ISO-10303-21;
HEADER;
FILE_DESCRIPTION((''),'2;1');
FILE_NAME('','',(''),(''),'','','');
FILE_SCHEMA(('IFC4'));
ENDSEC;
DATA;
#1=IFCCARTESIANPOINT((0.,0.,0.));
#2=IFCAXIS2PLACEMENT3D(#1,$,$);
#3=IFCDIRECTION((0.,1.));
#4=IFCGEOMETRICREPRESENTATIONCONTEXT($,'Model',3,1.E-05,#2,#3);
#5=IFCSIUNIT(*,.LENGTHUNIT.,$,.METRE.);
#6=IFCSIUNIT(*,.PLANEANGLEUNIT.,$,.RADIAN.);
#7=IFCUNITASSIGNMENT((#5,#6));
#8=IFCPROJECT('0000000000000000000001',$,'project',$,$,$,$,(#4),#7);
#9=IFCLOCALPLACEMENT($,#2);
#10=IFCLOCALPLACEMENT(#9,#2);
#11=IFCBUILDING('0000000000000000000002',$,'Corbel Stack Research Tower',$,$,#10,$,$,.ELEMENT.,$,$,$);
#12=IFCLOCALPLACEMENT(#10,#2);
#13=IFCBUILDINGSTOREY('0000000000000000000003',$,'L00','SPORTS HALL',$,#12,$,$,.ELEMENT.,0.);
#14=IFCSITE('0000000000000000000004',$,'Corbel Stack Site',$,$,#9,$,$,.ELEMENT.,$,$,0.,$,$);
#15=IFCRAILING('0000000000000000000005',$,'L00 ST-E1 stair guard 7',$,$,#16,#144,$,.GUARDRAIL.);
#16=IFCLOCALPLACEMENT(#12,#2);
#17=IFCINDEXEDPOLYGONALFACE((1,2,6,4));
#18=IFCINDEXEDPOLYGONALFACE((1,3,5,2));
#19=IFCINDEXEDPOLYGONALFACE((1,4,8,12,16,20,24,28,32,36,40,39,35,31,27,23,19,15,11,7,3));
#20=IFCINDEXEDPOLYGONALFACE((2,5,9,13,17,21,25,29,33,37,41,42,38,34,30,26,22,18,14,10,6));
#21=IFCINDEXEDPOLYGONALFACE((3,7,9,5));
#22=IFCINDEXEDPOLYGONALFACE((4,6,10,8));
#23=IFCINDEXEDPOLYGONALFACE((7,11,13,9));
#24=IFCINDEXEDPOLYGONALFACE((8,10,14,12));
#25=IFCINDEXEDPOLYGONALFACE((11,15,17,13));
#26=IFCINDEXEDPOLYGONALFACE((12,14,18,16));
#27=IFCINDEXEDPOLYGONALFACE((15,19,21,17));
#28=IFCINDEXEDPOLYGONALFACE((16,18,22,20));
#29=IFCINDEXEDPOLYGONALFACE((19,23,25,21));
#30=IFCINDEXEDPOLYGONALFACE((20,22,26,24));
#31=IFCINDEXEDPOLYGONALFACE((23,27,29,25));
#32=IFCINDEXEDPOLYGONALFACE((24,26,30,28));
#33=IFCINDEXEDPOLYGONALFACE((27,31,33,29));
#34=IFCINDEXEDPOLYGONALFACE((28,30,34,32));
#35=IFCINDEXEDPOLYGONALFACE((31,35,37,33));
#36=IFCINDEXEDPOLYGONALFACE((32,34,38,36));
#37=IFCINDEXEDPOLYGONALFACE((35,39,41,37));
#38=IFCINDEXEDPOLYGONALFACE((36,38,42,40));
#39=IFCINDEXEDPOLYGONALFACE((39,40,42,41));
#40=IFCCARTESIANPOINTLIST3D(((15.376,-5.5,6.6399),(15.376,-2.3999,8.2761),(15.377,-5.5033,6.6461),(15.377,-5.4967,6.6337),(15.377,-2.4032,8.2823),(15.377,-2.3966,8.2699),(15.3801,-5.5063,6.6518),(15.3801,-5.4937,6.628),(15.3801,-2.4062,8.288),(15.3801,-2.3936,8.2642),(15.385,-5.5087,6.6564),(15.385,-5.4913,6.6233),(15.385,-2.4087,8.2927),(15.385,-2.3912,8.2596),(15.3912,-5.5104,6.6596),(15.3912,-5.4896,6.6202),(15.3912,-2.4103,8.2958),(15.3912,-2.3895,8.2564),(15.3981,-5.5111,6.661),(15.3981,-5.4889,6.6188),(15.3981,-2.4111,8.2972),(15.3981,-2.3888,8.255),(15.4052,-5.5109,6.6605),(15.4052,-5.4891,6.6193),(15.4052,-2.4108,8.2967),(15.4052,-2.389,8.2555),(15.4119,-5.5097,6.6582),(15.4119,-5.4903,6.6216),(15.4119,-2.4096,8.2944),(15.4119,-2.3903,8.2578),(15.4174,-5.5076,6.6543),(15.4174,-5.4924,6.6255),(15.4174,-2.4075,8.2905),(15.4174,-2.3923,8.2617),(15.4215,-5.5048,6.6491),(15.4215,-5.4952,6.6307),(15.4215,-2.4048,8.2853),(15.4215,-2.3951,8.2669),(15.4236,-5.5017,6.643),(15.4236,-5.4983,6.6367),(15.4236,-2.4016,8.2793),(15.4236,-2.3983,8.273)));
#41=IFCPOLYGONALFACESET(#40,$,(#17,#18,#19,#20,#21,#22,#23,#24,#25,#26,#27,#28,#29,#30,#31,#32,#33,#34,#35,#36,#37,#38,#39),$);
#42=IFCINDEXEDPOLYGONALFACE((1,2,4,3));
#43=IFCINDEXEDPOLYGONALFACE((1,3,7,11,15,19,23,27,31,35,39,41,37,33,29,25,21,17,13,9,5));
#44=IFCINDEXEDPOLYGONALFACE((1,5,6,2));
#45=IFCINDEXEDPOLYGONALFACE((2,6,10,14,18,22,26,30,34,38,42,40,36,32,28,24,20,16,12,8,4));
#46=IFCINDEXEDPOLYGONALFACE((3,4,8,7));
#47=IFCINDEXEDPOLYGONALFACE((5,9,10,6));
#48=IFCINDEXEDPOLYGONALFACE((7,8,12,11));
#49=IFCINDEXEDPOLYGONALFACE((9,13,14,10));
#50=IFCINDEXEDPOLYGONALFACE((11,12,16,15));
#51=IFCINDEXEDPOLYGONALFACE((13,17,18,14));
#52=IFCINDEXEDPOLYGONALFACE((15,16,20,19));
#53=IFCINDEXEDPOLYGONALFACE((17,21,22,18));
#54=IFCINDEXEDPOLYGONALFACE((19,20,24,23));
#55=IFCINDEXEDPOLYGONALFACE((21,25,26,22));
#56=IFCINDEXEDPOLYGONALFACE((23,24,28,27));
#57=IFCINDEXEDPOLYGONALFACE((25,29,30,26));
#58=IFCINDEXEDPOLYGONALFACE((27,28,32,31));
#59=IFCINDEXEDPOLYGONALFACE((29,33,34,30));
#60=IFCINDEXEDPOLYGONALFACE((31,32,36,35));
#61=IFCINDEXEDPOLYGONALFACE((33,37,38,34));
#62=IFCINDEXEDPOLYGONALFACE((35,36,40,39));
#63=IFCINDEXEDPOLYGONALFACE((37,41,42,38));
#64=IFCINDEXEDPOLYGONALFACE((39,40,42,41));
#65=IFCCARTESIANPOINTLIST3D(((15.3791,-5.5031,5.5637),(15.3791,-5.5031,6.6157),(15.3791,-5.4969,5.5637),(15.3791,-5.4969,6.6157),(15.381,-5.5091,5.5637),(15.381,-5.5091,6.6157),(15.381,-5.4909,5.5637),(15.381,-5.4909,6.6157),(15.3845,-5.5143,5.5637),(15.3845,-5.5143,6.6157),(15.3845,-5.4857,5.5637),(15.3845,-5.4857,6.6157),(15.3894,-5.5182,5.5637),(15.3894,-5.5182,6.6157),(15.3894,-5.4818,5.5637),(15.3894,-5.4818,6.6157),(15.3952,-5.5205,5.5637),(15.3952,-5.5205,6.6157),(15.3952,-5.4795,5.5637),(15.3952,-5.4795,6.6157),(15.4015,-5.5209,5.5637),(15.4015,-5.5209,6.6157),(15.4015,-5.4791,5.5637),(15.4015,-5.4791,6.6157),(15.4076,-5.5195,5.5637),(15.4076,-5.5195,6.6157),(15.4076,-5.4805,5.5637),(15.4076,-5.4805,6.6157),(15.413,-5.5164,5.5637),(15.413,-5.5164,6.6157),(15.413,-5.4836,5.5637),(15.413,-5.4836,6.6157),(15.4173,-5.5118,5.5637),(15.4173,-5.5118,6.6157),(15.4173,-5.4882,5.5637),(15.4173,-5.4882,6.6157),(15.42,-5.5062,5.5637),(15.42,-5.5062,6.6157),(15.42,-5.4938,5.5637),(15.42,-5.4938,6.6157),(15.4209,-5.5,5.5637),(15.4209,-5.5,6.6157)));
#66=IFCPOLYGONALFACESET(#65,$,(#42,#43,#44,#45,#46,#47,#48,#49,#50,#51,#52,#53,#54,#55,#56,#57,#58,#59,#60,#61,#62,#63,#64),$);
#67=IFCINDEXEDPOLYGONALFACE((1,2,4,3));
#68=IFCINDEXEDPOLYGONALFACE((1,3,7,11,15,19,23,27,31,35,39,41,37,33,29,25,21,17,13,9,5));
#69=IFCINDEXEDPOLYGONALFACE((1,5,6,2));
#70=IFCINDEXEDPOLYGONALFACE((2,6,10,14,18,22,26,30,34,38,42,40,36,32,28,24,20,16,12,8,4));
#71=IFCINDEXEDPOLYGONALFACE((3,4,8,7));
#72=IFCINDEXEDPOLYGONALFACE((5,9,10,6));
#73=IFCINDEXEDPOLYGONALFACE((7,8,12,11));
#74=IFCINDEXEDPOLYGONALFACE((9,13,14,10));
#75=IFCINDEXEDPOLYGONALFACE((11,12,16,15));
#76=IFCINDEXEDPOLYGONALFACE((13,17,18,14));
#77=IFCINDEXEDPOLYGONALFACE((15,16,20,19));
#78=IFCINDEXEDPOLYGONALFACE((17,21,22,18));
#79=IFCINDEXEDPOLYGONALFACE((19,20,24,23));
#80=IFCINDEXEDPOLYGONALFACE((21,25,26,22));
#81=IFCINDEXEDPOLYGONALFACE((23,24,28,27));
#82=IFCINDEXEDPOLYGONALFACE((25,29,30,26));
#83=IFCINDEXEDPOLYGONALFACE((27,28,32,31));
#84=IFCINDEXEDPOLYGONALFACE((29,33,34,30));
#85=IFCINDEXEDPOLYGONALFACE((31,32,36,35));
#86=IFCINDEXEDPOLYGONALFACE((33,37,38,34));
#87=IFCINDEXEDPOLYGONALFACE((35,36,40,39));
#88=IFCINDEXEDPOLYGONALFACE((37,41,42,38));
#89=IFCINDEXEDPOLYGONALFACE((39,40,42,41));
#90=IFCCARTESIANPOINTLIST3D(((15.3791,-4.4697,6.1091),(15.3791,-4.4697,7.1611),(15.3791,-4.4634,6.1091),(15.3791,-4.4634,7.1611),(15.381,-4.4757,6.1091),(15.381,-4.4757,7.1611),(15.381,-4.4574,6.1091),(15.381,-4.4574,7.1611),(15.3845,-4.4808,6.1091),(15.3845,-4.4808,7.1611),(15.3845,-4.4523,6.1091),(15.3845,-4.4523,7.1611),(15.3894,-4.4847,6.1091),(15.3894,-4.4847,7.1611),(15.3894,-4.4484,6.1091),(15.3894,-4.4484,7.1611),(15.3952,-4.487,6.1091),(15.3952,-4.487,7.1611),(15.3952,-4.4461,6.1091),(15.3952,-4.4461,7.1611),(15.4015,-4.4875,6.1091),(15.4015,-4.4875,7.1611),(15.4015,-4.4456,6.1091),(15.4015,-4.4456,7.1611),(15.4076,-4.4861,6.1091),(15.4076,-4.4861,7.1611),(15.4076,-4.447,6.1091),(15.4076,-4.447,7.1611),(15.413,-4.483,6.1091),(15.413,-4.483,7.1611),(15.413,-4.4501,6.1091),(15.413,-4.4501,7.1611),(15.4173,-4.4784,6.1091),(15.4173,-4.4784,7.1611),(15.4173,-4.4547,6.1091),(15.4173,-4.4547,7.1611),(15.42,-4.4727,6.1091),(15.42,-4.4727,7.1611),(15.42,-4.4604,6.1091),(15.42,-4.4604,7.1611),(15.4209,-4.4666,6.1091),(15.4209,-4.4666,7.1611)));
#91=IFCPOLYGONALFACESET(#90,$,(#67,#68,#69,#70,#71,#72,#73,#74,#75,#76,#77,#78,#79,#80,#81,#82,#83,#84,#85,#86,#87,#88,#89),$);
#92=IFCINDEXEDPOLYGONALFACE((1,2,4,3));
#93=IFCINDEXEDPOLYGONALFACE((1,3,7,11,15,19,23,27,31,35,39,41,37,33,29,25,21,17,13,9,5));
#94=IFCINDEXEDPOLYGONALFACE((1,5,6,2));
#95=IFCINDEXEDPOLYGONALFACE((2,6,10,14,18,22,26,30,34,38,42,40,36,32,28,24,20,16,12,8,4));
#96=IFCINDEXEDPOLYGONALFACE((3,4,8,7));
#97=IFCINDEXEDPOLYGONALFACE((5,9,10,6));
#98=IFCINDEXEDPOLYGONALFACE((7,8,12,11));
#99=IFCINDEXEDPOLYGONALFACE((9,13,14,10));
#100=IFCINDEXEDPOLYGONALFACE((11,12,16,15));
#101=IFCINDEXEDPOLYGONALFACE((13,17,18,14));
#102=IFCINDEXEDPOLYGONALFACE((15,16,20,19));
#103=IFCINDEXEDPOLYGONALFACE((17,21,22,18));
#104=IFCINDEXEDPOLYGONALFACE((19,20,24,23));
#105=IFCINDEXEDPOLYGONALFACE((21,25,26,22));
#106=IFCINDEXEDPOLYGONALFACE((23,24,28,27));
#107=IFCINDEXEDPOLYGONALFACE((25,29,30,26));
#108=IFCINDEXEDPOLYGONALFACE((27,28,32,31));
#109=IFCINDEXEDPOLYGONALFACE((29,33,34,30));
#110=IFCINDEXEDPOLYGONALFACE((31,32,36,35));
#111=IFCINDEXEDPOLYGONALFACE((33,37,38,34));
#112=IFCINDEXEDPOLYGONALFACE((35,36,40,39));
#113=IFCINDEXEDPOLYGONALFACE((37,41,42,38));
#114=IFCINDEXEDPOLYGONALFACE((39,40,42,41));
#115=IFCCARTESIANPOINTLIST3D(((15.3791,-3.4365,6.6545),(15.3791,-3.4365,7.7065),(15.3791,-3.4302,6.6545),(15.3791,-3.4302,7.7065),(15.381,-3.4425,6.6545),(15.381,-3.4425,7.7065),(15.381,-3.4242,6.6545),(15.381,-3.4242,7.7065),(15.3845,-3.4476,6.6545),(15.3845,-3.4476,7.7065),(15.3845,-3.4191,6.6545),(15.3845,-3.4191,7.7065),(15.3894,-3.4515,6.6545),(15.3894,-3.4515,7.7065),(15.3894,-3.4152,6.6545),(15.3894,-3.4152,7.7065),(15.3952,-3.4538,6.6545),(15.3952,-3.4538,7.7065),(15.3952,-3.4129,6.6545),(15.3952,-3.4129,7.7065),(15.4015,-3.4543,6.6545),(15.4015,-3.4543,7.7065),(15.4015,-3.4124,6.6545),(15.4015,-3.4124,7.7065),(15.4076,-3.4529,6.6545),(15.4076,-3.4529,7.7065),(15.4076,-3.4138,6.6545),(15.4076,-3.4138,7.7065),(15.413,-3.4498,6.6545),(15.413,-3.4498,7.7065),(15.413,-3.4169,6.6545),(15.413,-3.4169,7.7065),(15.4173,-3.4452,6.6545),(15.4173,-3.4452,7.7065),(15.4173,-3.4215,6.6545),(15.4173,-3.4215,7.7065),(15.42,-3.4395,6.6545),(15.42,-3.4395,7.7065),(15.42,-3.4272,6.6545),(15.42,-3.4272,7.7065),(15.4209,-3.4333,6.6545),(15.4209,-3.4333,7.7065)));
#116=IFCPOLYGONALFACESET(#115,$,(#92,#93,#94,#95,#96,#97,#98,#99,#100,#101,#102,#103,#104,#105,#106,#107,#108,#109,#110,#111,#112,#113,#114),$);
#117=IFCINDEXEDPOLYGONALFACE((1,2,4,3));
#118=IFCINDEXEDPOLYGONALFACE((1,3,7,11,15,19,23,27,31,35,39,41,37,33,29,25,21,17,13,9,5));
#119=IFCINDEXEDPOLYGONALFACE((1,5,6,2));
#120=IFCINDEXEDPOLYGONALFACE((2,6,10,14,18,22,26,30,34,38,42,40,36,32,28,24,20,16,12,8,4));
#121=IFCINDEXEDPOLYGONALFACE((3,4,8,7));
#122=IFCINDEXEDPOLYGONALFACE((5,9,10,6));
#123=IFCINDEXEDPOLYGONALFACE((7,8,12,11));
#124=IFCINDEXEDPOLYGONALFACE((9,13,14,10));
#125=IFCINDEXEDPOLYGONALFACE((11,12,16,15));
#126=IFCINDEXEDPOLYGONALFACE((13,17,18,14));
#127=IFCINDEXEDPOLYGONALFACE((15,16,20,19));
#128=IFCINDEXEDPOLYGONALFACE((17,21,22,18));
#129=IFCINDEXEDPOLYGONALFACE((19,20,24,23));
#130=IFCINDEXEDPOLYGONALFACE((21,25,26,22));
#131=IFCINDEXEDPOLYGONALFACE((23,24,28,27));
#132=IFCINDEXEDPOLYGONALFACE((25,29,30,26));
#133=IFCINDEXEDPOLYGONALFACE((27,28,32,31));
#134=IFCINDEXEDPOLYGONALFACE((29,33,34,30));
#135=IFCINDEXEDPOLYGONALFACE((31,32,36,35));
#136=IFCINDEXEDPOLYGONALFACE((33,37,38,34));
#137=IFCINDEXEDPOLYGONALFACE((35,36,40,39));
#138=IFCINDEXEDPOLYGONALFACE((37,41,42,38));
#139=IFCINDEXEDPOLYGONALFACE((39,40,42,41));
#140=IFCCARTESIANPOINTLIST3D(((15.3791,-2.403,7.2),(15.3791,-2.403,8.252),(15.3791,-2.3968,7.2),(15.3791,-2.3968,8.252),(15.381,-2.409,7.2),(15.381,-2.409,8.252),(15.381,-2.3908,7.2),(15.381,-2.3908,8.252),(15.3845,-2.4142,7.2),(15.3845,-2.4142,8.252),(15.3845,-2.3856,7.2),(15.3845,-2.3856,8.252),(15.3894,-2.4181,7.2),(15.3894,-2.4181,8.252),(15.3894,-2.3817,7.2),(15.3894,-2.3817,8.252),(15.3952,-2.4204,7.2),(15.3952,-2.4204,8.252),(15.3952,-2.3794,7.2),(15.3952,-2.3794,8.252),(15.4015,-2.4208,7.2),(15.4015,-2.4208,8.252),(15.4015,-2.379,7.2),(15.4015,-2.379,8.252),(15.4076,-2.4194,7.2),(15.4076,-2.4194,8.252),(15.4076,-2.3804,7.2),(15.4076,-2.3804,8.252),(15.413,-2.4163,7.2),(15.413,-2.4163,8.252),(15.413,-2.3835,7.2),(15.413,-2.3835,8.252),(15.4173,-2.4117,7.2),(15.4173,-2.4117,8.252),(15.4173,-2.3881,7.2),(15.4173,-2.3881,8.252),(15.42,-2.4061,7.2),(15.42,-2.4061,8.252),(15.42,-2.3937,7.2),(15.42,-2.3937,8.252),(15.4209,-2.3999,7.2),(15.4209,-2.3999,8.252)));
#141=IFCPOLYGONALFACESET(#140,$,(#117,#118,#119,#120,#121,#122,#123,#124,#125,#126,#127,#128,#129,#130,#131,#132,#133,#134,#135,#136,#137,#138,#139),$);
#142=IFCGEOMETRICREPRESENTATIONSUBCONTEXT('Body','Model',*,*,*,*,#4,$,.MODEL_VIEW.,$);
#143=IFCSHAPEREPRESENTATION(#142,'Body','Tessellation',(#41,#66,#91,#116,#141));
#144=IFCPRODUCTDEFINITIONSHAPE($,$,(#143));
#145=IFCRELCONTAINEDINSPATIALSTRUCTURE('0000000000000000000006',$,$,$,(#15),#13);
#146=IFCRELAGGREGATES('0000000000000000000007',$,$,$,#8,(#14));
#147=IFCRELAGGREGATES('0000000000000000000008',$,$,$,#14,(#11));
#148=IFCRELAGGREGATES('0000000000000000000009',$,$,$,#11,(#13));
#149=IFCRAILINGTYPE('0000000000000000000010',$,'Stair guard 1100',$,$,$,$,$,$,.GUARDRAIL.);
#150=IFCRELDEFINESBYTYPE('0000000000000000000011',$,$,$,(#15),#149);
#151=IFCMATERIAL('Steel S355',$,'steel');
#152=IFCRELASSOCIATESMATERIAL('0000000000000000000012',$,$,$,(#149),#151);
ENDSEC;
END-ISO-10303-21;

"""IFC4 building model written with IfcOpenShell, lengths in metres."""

from ifc_helpers import new_model, si_unit, direction, frame, origin, origin_2d, place, context, subcontext, project, spatial, circle, extrude, material, type_object, element, save


model = new_model("IFC4")

# Units and contexts
model_context = context("Model", 3, precision=1e-05, world=origin(), true_north=direction((0.0, 1.0)))
body_context = subcontext(model_context, "Body", "Model", "MODEL_VIEW")
ifc_project = project(units=[si_unit("LENGTHUNIT", "METRE"), si_unit("PLANEANGLEUNIT", "RADIAN")], contexts=[model_context])

# Site, building, storey
site_placement = place(None, origin())
site = spatial("IfcSite", under=ifc_project, at=site_placement, Name="Corbel Stack Site", CompositionType="ELEMENT", RefElevation=0.0)
building_placement = place(site_placement, origin())
building = spatial("IfcBuilding", under=site, at=building_placement, Name="Corbel Stack Research Tower", CompositionType="ELEMENT")
storey_placement = place(building_placement, origin())
storey = spatial("IfcBuildingStorey", under=building, at=storey_placement, Name="L00", Description="SPORTS HALL", CompositionType="ELEMENT", Elevation=0.0)

# Railing
ifc_material_1 = material(Name="Steel S355", Category="steel")
railing_type_1 = type_object("IfcRailingType", Name="Stair guard 1100", PredefinedType="GUARDRAIL", material=ifc_material_1)
railing_1_placement = place(storey_placement, frame((15.3999, -5.5, 5.5637)))
element("IfcRailing", 1, at=railing_1_placement, inside=storey, type_object=railing_type_1, Name="L00 ST-E1 stair guard 7", PredefinedType="GUARDRAIL", context=body_context, shape_type="SweptSolid", body=[
    extrude(circle(Radius=0.0239, at=origin_2d()), frame((0.0, 0.0, 1.0762), z_axis=(0.0, 0.884377, 0.466774), x_axis=(-1.0, 0.0, 0.0)), (0.0, 0.0, 1.0), 3.5054),
    extrude(circle(Radius=0.021, at=origin_2d()), origin(), (0.0, 0.0, 1.0), 1.052),
    extrude(circle(Radius=0.021, at=origin_2d()), frame((0.0, 1.0334, 0.5454)), (0.0, 0.0, 1.0), 1.052),
    extrude(circle(Radius=0.021, at=origin_2d()), frame((0.0, 2.0667, 1.0908)), (0.0, 0.0, 1.0), 1.052),
    extrude(circle(Radius=0.021, at=origin_2d()), frame((0.0, 3.1001, 1.6362)), (0.0, 0.0, 1.0), 1.052),
])

save(model, "model.ifc")
